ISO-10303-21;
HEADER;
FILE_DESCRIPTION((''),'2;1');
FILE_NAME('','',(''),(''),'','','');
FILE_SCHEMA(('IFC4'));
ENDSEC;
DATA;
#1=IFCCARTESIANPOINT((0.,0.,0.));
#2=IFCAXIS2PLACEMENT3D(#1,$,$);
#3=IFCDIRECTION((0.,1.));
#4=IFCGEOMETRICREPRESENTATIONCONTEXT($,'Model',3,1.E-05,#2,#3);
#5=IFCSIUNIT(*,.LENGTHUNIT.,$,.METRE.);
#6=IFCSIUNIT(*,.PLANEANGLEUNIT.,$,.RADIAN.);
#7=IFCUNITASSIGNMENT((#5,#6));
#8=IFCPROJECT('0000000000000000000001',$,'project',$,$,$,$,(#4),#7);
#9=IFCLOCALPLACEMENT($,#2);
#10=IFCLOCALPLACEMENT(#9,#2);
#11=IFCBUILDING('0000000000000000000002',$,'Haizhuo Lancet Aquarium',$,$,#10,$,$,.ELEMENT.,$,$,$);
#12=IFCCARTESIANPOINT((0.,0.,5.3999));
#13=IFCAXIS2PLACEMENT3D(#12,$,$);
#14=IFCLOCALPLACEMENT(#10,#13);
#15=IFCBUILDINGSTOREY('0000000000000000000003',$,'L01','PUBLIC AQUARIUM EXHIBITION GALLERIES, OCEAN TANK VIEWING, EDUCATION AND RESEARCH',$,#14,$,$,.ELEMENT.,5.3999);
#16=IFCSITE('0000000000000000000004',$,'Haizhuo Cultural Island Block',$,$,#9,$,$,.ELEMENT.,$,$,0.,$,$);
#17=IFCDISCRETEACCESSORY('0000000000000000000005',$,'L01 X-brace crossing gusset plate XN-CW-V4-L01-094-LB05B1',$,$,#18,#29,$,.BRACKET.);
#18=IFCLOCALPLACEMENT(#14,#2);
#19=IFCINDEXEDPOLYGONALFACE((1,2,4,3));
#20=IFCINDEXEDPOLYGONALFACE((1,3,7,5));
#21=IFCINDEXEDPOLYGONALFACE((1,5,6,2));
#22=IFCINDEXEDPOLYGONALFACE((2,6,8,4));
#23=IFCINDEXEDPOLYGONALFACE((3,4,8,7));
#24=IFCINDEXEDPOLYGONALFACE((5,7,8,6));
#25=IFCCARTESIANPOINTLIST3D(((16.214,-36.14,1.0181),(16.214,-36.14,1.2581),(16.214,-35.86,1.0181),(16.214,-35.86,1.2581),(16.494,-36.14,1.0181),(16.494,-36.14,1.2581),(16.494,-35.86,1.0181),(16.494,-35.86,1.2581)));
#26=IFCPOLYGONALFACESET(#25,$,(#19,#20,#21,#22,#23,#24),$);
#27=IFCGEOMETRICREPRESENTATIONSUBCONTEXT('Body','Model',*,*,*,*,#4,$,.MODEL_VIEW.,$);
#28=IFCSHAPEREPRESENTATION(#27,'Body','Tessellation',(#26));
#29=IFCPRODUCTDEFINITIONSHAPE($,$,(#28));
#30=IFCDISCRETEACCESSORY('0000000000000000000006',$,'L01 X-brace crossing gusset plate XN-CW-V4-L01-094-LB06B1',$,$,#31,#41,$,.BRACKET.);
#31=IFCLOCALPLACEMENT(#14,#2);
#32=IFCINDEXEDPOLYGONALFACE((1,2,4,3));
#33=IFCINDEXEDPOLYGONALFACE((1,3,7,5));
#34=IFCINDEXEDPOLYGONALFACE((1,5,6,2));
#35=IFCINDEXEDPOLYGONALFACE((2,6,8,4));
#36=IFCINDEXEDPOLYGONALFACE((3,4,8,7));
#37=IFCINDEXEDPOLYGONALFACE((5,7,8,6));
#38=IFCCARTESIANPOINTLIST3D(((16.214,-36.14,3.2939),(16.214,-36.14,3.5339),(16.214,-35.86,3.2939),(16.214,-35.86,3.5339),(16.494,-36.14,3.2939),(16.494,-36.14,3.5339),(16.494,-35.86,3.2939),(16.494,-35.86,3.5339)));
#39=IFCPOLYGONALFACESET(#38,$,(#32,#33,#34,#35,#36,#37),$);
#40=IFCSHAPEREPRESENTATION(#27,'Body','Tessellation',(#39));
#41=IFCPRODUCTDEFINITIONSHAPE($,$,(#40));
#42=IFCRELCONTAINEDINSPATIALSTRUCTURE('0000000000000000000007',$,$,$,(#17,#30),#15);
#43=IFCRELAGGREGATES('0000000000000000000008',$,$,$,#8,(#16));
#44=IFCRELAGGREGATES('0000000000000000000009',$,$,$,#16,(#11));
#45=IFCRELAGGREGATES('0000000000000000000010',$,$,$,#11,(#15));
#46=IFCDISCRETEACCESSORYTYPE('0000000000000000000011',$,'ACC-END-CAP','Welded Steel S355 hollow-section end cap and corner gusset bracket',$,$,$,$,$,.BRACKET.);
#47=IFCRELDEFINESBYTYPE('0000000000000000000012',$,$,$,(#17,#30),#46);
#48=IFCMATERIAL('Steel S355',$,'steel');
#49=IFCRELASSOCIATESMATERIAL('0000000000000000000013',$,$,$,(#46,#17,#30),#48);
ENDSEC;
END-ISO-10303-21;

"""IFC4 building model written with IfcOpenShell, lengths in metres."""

from ifc_helpers import new_model, si_unit, direction, frame, origin, origin_2d, place, context, subcontext, project, spatial, rectangle, extrude, material, type_object, element, save


model = new_model("IFC4")

# Units and contexts
model_context = context("Model", 3, precision=1e-05, world=origin(), true_north=direction((0.0, 1.0)))
body_context = subcontext(model_context, "Body", "Model", "MODEL_VIEW")
ifc_project = project(units=[si_unit("LENGTHUNIT", "METRE"), si_unit("PLANEANGLEUNIT", "RADIAN")], contexts=[model_context])

# Site, building, storey
site_placement = place(None, origin())
site = spatial("IfcSite", under=ifc_project, at=site_placement, Name="Haizhuo Cultural Island Block", CompositionType="ELEMENT", RefElevation=0.0)
building_placement = place(site_placement, origin())
building = spatial("IfcBuilding", under=site, at=building_placement, Name="Haizhuo Lancet Aquarium", CompositionType="ELEMENT")
storey_placement = place(building_placement, frame((0.0, 0.0, 5.3999)))
storey = spatial("IfcBuildingStorey", under=building, at=storey_placement, Name="L01", Description="PUBLIC AQUARIUM EXHIBITION GALLERIES, OCEAN TANK VIEWING, EDUCATION AND RESEARCH", CompositionType="ELEMENT", Elevation=5.3999)

# Shared definitions
ifc_material_1 = material(Name="Steel S355", Category="steel")

# Discrete accessories
discrete_accessory_type = type_object("IfcDiscreteAccessoryType", Name="ACC-END-CAP", Description="Welded Steel S355 hollow-section end cap and corner gusset bracket", PredefinedType="BRACKET", material=ifc_material_1)
for number, where, z_axis, x_axis, name in (
    (1, (16.354, -36.0, 1.0181), (0.0, 0.0, 1.0), (1.0, 0.0, 0.0), "L01 X-brace crossing gusset plate XN-CW-V4-L01-094-LB05B1"),
    (2, (16.354, -36.0, 3.2939), (0.0, 0.0, 1.0), (1.0, 0.0, 0.0), "L01 X-brace crossing gusset plate XN-CW-V4-L01-094-LB06B1"),
):
    element("IfcDiscreteAccessory", number, at=place(storey_placement, frame(where, z_axis=z_axis, x_axis=x_axis)), inside=storey, type_object=discrete_accessory_type, material=ifc_material_1, Name=name, PredefinedType="BRACKET", context=body_context, shape_type="SweptSolid", body=[
        extrude(rectangle(XDim=0.28, YDim=0.28, at=origin_2d()), origin(), (0.0, 0.0, 1.0), 0.24),
    ])

save(model, "model.ifc")
